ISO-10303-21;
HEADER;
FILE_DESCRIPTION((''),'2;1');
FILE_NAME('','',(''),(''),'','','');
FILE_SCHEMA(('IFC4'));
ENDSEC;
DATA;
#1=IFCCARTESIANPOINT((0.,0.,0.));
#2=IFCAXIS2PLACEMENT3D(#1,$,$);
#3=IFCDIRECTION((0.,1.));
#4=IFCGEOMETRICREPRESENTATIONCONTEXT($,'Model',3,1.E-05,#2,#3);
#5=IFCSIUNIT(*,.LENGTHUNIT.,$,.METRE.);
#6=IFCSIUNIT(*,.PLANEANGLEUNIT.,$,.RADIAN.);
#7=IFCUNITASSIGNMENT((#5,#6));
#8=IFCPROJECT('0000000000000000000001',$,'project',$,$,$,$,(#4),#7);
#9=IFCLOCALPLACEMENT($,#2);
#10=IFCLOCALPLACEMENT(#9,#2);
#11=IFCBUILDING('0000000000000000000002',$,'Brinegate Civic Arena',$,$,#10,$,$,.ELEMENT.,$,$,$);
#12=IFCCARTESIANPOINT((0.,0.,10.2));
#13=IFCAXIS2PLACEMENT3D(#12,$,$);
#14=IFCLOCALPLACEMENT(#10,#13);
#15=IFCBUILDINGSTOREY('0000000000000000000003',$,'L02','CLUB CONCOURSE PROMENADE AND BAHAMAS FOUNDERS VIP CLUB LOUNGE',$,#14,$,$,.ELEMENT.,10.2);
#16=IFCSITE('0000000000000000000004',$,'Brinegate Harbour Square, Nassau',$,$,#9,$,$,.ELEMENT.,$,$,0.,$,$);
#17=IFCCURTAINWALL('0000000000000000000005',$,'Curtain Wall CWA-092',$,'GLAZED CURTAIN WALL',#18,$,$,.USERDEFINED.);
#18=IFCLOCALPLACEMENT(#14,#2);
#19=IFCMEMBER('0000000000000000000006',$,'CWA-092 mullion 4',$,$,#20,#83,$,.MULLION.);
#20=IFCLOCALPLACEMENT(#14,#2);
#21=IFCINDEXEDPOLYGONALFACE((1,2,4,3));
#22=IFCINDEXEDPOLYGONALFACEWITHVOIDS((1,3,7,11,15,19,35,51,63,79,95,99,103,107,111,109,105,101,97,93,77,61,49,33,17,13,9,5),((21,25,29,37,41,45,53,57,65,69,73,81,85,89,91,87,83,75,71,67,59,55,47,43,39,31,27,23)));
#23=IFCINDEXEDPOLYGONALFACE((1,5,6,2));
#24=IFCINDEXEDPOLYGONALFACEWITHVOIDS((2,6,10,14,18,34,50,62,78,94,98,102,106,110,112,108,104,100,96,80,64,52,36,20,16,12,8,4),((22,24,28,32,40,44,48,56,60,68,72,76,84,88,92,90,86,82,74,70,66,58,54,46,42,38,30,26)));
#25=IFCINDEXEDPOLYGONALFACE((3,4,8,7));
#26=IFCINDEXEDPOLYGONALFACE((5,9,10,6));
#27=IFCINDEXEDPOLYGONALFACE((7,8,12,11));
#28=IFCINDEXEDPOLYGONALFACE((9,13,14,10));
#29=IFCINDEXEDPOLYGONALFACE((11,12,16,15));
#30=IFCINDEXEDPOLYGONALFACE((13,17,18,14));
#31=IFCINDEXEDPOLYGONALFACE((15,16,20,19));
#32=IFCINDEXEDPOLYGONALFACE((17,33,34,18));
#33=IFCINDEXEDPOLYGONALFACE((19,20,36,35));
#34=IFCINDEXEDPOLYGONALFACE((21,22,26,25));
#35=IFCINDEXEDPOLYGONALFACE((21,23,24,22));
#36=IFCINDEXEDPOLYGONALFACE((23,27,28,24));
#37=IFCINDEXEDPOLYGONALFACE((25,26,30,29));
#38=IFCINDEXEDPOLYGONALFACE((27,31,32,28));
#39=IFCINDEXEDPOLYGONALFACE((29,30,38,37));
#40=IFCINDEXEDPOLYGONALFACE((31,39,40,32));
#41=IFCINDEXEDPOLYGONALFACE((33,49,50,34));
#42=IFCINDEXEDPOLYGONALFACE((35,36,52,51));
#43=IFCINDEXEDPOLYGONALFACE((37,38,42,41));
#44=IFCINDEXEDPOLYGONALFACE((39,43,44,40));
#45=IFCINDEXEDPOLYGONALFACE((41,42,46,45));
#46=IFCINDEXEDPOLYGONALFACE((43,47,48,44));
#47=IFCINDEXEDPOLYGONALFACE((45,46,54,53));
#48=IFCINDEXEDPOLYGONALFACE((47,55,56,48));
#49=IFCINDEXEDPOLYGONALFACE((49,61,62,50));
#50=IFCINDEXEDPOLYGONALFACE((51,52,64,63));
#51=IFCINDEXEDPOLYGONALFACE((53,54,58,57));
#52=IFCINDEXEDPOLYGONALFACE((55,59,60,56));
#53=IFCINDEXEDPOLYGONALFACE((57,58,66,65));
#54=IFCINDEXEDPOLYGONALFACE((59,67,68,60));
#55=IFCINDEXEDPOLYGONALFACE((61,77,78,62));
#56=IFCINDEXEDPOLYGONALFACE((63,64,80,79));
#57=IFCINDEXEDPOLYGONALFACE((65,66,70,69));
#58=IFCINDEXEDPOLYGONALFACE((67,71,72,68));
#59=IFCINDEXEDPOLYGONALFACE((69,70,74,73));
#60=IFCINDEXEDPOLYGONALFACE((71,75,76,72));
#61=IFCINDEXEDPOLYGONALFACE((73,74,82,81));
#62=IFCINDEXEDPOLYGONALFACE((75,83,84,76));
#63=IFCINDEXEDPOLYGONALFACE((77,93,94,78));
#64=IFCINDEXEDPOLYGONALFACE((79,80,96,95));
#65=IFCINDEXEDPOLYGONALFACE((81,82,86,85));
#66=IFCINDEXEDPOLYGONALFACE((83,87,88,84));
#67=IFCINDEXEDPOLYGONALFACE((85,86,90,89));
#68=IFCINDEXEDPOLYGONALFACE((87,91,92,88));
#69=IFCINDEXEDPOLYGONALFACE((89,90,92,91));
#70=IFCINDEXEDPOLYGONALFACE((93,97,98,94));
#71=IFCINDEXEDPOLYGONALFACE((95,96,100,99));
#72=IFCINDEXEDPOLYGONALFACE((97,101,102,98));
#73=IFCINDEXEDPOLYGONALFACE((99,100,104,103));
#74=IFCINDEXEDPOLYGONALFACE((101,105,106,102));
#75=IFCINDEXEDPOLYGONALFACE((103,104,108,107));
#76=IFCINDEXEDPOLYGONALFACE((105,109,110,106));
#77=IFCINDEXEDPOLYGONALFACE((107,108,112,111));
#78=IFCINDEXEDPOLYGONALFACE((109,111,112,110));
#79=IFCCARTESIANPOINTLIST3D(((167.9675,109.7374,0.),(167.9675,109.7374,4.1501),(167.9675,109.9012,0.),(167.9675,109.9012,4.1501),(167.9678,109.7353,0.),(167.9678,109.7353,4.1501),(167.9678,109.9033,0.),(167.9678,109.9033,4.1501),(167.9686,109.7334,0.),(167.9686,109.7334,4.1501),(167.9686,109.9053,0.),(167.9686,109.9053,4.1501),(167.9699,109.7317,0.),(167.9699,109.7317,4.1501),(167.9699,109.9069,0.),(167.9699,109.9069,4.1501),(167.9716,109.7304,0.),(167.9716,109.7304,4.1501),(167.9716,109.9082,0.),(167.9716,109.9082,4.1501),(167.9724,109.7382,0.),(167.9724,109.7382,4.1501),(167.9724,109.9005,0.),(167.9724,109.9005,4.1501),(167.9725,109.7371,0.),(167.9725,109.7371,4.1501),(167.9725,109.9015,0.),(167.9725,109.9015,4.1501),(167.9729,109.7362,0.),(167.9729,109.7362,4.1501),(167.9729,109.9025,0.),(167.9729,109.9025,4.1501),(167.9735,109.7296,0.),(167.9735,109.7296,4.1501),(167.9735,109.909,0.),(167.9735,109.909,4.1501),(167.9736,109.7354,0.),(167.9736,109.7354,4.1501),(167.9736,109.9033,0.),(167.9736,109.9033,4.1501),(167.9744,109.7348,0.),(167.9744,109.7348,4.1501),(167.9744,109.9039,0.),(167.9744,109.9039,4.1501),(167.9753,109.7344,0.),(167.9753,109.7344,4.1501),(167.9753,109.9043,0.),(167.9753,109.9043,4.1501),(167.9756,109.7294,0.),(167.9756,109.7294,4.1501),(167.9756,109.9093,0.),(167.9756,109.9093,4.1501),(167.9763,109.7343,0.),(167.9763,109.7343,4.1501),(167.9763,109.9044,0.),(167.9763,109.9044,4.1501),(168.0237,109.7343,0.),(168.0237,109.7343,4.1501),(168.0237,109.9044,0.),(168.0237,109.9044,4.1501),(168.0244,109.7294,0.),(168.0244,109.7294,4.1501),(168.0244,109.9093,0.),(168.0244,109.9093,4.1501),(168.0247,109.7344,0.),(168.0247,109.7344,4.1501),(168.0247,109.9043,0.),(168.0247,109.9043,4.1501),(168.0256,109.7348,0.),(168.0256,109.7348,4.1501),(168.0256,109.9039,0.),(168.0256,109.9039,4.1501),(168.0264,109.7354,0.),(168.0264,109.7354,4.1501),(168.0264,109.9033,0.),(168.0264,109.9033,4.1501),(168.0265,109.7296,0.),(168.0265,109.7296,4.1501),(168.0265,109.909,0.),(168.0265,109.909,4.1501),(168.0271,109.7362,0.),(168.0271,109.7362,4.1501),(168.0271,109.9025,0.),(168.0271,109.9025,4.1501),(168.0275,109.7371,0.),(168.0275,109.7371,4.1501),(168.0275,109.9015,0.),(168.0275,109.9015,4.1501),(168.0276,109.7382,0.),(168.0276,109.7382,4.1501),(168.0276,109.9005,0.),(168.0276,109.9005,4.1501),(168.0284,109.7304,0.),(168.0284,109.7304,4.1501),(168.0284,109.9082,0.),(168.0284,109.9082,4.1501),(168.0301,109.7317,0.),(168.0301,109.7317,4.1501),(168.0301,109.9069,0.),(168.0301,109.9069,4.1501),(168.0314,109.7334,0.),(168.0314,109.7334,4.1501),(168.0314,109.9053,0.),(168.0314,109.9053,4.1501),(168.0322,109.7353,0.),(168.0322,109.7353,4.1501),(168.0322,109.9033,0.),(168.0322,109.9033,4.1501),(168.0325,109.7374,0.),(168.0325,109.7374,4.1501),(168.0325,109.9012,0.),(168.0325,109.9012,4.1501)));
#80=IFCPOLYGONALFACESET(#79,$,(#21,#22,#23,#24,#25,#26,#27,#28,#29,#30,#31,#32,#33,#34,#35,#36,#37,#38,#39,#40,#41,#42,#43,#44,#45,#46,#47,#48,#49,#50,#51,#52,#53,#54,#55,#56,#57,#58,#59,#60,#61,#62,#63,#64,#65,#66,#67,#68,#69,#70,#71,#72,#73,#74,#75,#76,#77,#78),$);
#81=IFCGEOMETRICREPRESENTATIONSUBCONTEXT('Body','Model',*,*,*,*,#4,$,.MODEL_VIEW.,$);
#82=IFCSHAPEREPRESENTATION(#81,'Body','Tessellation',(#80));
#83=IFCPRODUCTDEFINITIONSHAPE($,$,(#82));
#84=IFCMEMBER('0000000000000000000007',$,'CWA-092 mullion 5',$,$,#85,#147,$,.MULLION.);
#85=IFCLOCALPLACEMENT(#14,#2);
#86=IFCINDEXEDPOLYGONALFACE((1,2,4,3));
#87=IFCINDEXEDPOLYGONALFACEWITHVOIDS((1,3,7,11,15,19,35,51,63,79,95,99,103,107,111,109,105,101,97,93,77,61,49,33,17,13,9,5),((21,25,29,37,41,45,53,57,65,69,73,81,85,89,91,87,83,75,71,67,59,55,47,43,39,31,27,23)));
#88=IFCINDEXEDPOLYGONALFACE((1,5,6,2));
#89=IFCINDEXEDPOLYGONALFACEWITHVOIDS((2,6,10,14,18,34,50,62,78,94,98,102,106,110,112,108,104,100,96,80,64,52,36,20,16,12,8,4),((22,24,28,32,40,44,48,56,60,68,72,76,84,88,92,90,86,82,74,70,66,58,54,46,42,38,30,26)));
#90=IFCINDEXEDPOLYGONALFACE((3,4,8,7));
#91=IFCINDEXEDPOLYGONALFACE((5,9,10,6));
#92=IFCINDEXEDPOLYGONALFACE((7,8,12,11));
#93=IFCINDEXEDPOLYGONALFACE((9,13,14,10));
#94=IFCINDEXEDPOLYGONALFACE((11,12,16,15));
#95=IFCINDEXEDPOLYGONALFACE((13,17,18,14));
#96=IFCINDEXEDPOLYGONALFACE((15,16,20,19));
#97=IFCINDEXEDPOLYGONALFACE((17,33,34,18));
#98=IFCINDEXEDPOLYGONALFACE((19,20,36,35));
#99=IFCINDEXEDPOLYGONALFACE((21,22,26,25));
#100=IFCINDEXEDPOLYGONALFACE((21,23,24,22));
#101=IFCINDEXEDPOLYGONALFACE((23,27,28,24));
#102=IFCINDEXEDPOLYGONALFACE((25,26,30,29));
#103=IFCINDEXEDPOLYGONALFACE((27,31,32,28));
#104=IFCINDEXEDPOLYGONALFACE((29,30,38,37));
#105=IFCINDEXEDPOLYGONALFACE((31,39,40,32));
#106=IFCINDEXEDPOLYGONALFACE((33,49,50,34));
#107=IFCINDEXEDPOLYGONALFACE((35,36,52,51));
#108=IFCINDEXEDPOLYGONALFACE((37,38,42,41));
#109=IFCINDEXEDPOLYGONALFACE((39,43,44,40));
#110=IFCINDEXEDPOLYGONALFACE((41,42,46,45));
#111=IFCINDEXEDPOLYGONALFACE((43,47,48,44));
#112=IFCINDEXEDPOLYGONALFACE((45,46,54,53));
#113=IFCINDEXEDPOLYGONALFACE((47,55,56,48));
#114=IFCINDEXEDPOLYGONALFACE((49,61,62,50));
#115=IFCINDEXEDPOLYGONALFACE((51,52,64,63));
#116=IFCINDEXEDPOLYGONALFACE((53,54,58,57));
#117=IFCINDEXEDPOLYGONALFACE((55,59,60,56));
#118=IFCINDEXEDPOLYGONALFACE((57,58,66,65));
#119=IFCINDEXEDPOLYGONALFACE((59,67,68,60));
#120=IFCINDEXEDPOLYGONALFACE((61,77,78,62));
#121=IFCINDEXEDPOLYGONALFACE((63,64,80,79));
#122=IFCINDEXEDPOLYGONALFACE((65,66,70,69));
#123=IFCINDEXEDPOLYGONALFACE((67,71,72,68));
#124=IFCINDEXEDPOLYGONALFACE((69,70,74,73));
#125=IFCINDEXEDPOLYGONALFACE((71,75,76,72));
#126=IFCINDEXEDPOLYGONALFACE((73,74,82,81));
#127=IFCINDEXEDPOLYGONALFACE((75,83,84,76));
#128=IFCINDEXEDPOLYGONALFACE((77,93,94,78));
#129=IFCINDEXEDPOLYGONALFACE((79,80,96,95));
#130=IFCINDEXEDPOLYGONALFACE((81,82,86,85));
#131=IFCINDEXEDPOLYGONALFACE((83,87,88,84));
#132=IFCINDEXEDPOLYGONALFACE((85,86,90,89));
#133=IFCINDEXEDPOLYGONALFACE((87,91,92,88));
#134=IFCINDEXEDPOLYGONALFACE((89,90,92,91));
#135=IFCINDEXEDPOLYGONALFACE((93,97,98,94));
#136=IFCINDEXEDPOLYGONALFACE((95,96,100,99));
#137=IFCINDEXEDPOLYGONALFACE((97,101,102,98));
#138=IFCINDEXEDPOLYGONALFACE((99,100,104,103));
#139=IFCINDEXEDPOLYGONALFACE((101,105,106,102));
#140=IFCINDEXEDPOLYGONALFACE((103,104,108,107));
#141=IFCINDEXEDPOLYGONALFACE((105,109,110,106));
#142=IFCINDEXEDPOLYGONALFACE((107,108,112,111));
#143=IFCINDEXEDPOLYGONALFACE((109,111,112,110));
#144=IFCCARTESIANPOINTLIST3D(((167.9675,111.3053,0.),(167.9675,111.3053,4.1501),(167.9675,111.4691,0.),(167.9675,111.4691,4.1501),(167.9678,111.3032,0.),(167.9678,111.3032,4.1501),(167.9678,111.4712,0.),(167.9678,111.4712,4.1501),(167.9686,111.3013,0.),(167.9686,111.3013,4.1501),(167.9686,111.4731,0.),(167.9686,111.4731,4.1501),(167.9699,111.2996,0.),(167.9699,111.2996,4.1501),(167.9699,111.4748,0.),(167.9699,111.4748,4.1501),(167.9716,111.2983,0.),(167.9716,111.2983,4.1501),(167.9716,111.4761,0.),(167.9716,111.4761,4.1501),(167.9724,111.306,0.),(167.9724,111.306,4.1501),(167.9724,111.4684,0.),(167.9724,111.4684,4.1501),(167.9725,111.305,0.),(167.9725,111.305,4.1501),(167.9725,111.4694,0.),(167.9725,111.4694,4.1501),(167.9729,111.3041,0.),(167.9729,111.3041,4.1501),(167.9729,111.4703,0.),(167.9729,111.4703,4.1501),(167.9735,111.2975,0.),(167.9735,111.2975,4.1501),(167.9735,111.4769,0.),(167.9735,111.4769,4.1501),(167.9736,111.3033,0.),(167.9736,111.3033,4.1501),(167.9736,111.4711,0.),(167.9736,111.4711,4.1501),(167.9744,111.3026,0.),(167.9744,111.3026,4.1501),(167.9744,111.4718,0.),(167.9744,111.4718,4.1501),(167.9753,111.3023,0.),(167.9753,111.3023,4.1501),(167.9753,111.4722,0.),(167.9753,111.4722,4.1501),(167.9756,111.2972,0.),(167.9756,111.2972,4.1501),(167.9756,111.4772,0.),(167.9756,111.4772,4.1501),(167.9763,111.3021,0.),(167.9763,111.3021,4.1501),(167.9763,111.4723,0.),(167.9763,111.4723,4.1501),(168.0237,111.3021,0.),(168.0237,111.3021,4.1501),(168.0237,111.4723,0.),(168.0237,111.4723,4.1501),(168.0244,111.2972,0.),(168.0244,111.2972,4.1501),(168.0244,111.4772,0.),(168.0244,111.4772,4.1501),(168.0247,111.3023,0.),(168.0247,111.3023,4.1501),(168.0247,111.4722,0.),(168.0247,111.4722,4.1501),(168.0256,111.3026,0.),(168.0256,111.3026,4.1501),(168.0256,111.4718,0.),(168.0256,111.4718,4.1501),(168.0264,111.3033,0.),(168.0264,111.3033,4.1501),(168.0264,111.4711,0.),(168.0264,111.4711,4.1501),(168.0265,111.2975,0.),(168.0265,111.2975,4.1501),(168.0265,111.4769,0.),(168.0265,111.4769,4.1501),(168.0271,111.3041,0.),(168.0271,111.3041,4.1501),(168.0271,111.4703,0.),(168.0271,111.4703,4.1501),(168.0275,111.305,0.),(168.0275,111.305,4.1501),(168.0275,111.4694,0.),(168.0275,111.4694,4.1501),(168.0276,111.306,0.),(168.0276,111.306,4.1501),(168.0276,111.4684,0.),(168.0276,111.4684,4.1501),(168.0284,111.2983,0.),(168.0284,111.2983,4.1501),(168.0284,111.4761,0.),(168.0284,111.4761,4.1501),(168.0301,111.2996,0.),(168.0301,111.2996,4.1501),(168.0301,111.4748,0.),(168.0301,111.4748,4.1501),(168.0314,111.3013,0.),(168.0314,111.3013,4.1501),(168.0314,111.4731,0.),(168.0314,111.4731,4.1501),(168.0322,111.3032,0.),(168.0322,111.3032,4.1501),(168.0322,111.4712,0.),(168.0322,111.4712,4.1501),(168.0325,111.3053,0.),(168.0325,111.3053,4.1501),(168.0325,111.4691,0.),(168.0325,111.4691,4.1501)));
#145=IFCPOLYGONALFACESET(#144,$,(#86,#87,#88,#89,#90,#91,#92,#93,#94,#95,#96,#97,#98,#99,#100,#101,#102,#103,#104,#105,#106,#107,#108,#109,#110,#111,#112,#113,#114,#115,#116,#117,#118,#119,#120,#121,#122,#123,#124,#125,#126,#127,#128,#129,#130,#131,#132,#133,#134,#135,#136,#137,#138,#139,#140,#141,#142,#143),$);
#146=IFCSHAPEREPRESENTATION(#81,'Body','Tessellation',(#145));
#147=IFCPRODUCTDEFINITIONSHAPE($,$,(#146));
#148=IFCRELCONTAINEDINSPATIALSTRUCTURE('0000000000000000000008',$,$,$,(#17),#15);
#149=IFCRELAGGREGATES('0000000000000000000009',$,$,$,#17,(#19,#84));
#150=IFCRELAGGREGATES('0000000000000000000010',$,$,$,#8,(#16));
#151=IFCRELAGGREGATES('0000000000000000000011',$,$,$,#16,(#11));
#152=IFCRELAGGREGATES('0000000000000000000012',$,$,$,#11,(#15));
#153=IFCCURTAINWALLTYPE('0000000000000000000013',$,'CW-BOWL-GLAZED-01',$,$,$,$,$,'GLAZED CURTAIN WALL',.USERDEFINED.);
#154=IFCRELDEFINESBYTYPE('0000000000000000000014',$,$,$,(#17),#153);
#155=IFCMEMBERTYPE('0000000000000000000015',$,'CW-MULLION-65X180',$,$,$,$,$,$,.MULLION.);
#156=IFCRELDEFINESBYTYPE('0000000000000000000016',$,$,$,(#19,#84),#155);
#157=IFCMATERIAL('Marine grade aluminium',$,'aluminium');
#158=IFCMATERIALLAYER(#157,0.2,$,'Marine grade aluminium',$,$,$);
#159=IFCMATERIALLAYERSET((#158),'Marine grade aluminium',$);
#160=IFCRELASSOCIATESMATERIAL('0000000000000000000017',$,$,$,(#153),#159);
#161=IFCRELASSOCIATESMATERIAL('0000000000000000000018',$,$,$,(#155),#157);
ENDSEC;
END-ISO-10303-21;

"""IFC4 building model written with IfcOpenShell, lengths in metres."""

from ifc_helpers import new_model, si_unit, direction, frame, origin, origin_2d, place, context, subcontext, project, spatial, hollow_rectangle, extrude, material, layer, layer_set, material_profile, profile_set, type_object, element, aggregate, save


model = new_model("IFC4")

# Units and contexts
model_context = context("Model", 3, precision=1e-05, world=origin(), true_north=direction((0.0, 1.0)))
body_context = subcontext(model_context, "Body", "Model", "MODEL_VIEW")
ifc_project = project(units=[si_unit("LENGTHUNIT", "METRE"), si_unit("PLANEANGLEUNIT", "RADIAN")], contexts=[model_context])

# Site, building, storey
site_placement = place(None, origin())
site = spatial("IfcSite", under=ifc_project, at=site_placement, Name="Brinegate Harbour Square, Nassau", CompositionType="ELEMENT", RefElevation=0.0)
building_placement = place(site_placement, origin())
building = spatial("IfcBuilding", under=site, at=building_placement, Name="Brinegate Civic Arena", CompositionType="ELEMENT")
storey_placement = place(building_placement, frame((0.0, 0.0, 10.2)))
storey = spatial("IfcBuildingStorey", under=building, at=storey_placement, Name="L02", Description="CLUB CONCOURSE PROMENADE AND BAHAMAS FOUNDERS VIP CLUB LOUNGE", CompositionType="ELEMENT", Elevation=10.2)

# Curtain wall, members
ifc_material_1 = material(Name="Marine grade aluminium", Category="aluminium")
ifc_layer_1 = layer(ifc_material_1, 0.2, Name="Marine grade aluminium")
ifc_layer_set_1 = layer_set([ifc_layer_1], Name="Marine grade aluminium")
curtain_wall_type = type_object("IfcCurtainWallType", Name="CW-BOWL-GLAZED-01", ElementType="GLAZED CURTAIN WALL", PredefinedType="USERDEFINED", material=ifc_layer_set_1)
curtain_wall_1_placement = place(storey_placement, origin())
curtain_wall_1 = element("IfcCurtainWall", 1, at=curtain_wall_1_placement, inside=storey, type_object=curtain_wall_type, Name="Curtain Wall CWA-092", ObjectType="GLAZED CURTAIN WALL", PredefinedType="USERDEFINED")
ifc_material_profile_1 = material_profile(ifc_material_1, hollow_rectangle(XDim=0.0649, YDim=0.1799, WallThickness=0.0049, InnerFilletRadius=0.0039, OuterFilletRadius=0.0081, at=origin_2d()), Name="MUL65X180")
ifc_profile_set_1 = profile_set([ifc_material_profile_1], Name="Marine grade aluminium")
member_type_1 = type_object("IfcMemberType", Name="CW-MULLION-65X180", PredefinedType="MULLION", material=ifc_profile_set_1)
member_1_placement = place(storey_placement, frame((168.0, 109.8193, 0.0), z_axis=(0.0, 0.0, 1.0), x_axis=(-1.0, 0.0, 0.0)))
member_1 = element("IfcMember", 2, at=member_1_placement, type_object=member_type_1, Name="CWA-092 mullion 4", PredefinedType="MULLION", context=body_context, shape_type="SweptSolid", body=[
    extrude(hollow_rectangle(XDim=0.0649, YDim=0.1799, WallThickness=0.0049, InnerFilletRadius=0.0039, OuterFilletRadius=0.0081, at=origin_2d()), origin(), (0.0, 0.0, 1.0), 4.1501),
])
member_2_placement = place(storey_placement, frame((168.0, 111.3872, 0.0), z_axis=(0.0, 0.0, 1.0), x_axis=(-1.0, 0.0, 0.0)))
member_2 = element("IfcMember", 3, at=member_2_placement, type_object=member_type_1, Name="CWA-092 mullion 5", PredefinedType="MULLION", context=body_context, shape_type="SweptSolid", body=[
    extrude(hollow_rectangle(XDim=0.0649, YDim=0.1799, WallThickness=0.0049, InnerFilletRadius=0.0039, OuterFilletRadius=0.0081, at=origin_2d()), origin(), (0.0, 0.0, 1.0), 4.1501),
])

aggregate(curtain_wall_1, [member_1, member_2])

save(model, "model.ifc")
